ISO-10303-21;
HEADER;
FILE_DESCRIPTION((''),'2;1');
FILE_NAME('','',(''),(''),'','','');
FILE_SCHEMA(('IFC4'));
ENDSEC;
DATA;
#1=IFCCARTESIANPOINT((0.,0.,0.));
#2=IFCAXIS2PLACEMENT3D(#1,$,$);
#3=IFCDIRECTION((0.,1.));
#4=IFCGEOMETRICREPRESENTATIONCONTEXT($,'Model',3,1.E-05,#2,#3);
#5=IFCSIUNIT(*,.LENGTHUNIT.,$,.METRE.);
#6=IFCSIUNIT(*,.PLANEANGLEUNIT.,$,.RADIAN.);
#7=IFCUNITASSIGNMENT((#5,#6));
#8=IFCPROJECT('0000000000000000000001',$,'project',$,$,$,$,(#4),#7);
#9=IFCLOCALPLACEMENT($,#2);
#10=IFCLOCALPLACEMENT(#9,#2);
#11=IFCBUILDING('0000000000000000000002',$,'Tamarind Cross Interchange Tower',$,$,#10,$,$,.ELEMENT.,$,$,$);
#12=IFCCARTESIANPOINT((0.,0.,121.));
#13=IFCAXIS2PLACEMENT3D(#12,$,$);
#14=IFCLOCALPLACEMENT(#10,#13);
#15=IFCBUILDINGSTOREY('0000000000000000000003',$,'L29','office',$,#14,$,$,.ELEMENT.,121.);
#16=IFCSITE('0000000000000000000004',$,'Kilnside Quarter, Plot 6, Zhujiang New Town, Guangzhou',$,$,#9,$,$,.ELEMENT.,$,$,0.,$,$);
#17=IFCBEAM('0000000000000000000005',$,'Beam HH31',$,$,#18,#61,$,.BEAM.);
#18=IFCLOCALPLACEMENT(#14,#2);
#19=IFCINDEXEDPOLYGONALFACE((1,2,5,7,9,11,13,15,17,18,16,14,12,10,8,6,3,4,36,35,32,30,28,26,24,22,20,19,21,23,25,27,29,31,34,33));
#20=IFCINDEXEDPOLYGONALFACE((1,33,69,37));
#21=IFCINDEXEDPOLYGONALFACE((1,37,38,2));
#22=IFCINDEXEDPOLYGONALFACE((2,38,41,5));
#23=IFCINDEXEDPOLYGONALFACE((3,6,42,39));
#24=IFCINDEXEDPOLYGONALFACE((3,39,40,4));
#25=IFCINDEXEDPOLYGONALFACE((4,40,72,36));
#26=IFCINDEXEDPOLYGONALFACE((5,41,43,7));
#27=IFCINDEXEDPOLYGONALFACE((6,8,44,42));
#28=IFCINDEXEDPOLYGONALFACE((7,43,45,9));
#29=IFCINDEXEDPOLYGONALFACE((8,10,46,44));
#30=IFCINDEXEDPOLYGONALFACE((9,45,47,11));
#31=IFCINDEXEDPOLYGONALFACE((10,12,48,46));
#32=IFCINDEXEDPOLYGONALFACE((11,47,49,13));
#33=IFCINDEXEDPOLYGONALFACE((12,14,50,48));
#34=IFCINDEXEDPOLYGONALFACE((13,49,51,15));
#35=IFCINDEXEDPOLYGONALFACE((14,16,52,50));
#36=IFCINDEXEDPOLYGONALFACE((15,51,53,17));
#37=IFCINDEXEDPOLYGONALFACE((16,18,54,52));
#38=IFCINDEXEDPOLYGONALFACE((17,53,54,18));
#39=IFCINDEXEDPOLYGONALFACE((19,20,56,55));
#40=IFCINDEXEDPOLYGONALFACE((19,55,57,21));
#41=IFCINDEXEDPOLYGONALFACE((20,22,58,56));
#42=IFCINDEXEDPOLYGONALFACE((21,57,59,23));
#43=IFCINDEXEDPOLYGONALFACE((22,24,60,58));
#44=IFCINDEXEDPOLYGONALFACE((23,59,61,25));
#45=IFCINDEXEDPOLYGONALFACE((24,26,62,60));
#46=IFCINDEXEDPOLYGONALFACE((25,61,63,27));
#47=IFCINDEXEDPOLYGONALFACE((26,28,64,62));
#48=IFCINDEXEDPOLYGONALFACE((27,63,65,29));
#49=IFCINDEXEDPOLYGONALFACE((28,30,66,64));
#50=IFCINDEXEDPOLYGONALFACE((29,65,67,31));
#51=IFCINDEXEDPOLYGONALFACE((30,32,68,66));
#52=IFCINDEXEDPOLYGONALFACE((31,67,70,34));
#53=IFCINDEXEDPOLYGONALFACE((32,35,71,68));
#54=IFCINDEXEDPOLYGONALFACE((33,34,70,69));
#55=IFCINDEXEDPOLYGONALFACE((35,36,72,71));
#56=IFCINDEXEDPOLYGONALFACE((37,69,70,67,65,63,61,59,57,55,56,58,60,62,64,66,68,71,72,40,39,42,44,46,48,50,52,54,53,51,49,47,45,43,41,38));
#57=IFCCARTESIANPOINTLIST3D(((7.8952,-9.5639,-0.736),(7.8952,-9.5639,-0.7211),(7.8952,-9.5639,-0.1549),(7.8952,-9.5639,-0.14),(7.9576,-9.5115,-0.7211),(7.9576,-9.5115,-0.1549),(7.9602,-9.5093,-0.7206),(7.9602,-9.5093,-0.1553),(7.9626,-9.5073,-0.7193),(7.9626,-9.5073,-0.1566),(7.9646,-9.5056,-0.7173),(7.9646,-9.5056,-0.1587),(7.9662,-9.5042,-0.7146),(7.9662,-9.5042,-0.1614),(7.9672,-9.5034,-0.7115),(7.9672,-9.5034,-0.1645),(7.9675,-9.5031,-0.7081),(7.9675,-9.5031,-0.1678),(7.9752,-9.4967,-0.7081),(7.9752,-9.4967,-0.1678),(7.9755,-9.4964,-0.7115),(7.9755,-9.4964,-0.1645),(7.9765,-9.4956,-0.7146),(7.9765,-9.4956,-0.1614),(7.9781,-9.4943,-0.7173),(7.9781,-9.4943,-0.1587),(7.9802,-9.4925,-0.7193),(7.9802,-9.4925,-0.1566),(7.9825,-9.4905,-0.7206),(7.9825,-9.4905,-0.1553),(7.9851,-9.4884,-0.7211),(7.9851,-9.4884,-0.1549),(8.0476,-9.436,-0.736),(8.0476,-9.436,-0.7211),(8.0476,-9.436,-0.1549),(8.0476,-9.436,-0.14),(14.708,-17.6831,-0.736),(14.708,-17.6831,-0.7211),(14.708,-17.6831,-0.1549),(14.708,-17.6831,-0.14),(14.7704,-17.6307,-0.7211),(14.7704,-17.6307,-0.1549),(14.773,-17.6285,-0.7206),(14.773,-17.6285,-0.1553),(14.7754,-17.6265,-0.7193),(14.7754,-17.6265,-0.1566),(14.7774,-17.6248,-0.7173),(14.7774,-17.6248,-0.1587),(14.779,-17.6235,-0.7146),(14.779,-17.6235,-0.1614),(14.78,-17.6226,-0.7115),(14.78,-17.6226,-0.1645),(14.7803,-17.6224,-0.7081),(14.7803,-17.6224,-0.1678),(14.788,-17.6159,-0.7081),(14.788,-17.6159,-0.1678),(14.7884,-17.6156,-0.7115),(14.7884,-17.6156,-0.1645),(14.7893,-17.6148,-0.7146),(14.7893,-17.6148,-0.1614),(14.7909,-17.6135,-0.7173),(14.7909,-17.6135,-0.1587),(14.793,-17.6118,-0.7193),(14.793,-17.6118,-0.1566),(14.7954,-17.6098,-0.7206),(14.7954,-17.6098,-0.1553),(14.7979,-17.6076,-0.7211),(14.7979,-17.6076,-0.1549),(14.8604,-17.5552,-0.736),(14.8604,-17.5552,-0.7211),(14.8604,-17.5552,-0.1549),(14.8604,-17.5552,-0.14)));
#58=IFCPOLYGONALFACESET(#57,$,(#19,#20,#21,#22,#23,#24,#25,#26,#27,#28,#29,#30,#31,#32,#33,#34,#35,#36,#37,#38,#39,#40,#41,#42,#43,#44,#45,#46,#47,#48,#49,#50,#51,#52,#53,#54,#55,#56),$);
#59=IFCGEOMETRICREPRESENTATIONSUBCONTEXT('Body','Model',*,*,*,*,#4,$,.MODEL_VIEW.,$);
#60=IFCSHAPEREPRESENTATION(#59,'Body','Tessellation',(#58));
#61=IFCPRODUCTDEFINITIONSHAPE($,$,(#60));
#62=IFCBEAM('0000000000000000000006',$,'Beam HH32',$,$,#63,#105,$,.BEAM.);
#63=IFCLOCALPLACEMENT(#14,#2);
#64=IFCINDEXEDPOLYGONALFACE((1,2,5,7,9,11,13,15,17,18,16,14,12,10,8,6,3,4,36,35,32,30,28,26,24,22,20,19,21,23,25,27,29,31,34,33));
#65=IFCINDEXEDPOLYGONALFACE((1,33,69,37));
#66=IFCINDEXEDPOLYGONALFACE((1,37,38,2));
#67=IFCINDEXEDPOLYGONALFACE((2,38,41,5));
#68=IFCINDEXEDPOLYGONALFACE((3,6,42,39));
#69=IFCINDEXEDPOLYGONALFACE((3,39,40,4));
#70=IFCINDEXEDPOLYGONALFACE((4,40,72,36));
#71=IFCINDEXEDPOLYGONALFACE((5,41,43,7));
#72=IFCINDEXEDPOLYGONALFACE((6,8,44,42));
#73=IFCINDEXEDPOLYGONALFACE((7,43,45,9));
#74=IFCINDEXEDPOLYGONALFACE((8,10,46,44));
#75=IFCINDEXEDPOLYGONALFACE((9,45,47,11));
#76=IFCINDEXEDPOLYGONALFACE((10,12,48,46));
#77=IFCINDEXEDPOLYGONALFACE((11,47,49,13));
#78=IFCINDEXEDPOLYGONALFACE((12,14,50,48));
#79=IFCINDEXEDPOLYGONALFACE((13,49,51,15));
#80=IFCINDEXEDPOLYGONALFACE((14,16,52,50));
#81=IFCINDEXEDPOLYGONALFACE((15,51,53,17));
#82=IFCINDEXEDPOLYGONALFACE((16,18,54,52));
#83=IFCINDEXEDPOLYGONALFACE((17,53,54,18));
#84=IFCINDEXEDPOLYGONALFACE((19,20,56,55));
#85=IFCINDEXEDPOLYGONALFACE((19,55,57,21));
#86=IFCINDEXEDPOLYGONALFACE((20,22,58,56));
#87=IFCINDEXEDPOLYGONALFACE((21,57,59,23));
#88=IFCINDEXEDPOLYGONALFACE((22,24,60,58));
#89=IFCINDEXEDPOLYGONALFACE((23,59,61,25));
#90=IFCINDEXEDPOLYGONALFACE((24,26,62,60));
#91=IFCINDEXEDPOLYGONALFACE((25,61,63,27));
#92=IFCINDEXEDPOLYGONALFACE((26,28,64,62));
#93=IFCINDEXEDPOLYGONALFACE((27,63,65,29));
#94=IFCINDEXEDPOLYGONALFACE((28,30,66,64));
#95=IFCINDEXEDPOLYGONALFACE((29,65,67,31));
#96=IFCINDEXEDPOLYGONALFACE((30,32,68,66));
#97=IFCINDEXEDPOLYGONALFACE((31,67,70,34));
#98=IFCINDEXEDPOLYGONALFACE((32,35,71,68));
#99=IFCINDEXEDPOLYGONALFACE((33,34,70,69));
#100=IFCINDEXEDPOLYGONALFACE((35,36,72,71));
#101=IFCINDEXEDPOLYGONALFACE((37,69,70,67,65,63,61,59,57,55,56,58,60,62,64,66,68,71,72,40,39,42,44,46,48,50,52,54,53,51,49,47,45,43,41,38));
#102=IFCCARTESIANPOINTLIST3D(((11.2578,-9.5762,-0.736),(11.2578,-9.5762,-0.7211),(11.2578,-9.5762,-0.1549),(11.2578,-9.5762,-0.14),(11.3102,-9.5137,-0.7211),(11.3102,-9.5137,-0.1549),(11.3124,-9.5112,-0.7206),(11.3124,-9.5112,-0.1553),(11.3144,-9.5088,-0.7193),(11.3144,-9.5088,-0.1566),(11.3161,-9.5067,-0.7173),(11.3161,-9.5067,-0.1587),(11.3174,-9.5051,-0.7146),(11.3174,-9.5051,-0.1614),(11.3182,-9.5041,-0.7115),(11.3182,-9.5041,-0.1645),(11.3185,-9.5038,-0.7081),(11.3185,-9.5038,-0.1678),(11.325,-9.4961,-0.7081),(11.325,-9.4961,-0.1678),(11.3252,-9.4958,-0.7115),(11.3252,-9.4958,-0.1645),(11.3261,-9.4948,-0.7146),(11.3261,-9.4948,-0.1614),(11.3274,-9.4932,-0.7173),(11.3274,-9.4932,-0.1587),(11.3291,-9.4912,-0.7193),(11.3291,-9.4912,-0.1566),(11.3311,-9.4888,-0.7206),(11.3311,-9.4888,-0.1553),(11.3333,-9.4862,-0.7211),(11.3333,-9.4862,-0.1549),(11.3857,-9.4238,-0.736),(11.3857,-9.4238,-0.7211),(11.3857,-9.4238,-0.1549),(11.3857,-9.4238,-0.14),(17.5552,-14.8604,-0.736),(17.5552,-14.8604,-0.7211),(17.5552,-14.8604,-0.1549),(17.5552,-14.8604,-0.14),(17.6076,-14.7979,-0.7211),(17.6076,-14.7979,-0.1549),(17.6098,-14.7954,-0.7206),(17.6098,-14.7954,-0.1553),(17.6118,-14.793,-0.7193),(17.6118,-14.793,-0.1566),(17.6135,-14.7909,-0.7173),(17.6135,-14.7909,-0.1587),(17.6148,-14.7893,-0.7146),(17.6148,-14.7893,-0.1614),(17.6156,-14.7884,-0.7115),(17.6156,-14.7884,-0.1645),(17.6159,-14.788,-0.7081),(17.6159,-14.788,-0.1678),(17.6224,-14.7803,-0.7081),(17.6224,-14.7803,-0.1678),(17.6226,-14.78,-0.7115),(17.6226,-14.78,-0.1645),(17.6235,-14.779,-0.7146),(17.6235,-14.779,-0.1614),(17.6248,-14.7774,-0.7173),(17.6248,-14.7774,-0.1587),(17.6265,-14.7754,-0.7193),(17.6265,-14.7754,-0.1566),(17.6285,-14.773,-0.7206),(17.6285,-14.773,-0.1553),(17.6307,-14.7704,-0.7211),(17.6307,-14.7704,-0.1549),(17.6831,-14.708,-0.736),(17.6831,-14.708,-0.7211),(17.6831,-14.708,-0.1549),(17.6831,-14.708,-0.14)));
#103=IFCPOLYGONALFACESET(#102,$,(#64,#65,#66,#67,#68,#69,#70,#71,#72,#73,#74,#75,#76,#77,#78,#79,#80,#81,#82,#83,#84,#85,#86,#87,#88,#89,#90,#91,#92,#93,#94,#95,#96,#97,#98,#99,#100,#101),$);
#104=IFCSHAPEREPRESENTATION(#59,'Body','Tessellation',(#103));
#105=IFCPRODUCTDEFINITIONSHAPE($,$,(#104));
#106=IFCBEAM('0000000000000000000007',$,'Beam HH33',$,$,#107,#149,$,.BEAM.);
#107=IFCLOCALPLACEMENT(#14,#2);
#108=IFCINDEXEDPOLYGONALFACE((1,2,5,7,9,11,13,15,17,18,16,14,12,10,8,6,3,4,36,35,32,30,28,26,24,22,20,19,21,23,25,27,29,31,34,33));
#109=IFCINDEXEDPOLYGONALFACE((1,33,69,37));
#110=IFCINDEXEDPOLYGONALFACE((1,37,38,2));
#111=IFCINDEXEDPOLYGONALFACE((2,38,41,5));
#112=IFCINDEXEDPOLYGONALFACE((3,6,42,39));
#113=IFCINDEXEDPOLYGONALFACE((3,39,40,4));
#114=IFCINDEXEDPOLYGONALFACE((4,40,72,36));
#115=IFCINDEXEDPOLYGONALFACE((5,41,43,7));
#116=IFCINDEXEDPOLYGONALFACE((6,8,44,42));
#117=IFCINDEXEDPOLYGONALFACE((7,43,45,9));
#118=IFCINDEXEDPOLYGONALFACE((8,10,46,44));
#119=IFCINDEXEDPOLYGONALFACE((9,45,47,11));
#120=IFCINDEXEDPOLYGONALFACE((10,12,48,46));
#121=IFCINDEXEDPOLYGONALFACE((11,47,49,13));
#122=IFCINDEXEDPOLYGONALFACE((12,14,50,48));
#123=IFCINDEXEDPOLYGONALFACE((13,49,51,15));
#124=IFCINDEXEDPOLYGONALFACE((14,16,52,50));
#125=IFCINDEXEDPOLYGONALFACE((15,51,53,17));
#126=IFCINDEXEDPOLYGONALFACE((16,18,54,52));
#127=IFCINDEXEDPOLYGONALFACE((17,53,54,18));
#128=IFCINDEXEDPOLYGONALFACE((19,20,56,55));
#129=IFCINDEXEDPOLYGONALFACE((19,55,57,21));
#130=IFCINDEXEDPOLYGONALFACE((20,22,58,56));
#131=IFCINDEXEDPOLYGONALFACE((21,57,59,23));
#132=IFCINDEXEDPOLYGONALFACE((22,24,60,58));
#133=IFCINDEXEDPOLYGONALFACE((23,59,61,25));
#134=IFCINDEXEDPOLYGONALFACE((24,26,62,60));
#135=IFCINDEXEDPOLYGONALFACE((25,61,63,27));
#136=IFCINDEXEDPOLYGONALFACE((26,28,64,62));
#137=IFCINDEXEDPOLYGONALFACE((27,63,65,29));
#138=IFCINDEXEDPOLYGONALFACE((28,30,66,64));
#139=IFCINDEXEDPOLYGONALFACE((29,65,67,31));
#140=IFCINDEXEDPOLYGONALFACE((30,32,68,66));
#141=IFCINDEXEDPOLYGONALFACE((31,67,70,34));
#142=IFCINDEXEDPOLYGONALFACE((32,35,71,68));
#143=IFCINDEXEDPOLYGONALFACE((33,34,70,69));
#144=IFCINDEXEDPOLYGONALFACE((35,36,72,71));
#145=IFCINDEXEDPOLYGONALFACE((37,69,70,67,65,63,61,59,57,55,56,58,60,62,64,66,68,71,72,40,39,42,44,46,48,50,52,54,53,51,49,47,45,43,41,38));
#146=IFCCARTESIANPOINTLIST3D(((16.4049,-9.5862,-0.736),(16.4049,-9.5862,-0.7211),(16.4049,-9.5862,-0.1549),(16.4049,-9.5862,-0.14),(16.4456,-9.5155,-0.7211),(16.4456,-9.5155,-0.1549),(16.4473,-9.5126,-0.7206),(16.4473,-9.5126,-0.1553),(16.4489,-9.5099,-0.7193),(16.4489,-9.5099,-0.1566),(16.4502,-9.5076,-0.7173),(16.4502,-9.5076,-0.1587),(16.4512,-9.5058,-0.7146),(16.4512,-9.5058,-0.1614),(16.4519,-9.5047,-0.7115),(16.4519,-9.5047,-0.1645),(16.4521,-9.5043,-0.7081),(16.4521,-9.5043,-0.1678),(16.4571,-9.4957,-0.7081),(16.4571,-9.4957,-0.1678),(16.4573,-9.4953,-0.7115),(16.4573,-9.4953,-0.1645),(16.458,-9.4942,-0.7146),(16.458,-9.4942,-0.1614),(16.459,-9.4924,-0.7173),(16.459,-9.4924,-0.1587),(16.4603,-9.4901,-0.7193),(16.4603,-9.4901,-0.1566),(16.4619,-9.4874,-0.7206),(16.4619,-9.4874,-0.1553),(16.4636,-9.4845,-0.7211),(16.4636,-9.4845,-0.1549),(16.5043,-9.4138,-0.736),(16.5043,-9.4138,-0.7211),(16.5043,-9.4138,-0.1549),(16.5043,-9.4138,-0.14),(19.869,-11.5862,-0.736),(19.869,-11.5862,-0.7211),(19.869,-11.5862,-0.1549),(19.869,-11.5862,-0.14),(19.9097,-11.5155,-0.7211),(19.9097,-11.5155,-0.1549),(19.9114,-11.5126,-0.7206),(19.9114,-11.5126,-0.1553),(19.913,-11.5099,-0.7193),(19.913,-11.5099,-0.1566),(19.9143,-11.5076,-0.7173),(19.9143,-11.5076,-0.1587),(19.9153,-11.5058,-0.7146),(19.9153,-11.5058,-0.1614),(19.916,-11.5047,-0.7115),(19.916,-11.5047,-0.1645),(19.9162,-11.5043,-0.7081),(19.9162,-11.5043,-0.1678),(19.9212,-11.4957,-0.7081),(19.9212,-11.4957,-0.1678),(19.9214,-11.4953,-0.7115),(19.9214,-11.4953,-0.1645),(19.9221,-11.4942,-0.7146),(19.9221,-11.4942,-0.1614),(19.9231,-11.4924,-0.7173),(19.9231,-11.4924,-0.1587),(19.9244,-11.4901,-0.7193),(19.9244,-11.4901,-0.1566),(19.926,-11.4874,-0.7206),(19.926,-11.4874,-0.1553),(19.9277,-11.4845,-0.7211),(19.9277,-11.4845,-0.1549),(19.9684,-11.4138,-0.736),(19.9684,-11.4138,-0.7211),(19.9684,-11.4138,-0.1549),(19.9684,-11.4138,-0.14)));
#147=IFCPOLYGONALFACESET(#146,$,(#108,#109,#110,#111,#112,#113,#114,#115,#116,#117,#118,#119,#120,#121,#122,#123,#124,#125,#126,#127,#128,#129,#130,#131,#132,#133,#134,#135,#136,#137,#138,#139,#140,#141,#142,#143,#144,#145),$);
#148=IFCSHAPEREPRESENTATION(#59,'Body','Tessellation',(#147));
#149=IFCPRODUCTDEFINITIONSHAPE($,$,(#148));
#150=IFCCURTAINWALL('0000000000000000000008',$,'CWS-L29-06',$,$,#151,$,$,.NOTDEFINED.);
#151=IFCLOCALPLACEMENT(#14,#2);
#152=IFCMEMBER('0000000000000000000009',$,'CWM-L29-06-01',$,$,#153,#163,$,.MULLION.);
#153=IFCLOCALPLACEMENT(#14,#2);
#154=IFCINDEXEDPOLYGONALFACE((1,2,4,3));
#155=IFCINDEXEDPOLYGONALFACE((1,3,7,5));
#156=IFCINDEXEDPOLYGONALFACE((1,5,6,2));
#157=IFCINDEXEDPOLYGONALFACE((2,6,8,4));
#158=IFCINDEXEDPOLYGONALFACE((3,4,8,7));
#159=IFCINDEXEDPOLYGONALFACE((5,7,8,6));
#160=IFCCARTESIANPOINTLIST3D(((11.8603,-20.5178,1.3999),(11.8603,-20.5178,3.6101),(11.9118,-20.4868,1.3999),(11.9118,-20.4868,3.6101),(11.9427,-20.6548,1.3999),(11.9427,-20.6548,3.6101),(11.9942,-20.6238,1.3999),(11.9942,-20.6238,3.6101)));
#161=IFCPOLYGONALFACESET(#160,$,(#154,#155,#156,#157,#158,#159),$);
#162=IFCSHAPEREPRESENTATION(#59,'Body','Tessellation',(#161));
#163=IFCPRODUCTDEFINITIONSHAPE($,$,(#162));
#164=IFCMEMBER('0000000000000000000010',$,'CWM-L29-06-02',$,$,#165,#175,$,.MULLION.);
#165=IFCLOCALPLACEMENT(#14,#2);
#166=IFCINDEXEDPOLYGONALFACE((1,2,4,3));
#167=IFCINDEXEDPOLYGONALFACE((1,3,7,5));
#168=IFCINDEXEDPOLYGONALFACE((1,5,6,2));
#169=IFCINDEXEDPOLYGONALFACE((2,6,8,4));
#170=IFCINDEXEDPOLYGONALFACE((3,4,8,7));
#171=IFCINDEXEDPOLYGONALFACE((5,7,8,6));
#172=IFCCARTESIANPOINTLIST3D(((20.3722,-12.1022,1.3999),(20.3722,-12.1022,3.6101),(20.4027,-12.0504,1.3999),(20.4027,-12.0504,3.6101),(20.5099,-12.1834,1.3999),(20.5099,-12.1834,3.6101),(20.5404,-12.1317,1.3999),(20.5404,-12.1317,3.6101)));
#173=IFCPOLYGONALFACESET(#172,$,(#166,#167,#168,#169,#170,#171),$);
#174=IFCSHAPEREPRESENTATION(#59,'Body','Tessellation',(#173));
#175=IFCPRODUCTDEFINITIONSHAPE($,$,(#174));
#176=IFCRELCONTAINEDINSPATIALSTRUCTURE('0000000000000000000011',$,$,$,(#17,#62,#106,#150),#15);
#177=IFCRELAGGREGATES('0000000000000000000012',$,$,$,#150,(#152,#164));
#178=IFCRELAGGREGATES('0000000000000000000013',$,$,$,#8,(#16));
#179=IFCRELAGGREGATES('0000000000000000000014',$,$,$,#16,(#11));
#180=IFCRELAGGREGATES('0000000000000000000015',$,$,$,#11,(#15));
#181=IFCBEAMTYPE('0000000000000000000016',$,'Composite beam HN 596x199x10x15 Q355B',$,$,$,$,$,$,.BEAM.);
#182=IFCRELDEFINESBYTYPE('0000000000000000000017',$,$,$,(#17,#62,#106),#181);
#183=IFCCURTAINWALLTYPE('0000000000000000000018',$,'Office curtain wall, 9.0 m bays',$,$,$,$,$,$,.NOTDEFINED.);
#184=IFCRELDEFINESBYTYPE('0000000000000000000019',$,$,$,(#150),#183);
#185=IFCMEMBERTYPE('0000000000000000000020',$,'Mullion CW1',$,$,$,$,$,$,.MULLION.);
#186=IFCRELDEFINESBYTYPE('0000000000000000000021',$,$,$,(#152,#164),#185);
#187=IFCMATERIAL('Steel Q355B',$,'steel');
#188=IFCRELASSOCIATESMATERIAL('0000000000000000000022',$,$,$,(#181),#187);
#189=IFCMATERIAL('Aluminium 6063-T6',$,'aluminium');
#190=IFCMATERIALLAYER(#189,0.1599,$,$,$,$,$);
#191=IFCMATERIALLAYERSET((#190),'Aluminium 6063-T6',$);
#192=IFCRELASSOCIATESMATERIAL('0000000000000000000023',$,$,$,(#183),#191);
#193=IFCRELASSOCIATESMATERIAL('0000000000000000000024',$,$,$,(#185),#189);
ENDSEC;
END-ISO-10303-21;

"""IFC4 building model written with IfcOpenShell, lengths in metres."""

from ifc_helpers import new_model, si_unit, direction, frame, origin, origin_2d, place, context, subcontext, project, spatial, rectangle, i_section, extrude, material, layer, layer_set, material_profile, profile_set, type_object, element, aggregate, save


model = new_model("IFC4")

# Units and contexts
model_context = context("Model", 3, precision=1e-05, world=origin(), true_north=direction((0.0, 1.0)))
body_context = subcontext(model_context, "Body", "Model", "MODEL_VIEW")
ifc_project = project(units=[si_unit("LENGTHUNIT", "METRE"), si_unit("PLANEANGLEUNIT", "RADIAN")], contexts=[model_context])

# Site, building, storey
site_placement = place(None, origin())
site = spatial("IfcSite", under=ifc_project, at=site_placement, Name="Kilnside Quarter, Plot 6, Zhujiang New Town, Guangzhou", CompositionType="ELEMENT", RefElevation=0.0)
building_placement = place(site_placement, origin())
building = spatial("IfcBuilding", under=site, at=building_placement, Name="Tamarind Cross Interchange Tower", CompositionType="ELEMENT")
storey_placement = place(building_placement, frame((0.0, 0.0, 121.0)))
storey = spatial("IfcBuildingStorey", under=building, at=storey_placement, Name="L29", Description="office", CompositionType="ELEMENT", Elevation=121.0)

# Beams
ifc_material_1 = material(Name="Steel Q355B", Category="steel")
ifc_material_profile_1 = material_profile(ifc_material_1, i_section(OverallWidth=0.199, OverallDepth=0.5959, WebThickness=0.01, FlangeThickness=0.0149, FilletRadius=0.0129, at=origin_2d()), Name="HN 596x199x10x15")
ifc_profile_set_1 = profile_set([ifc_material_profile_1], Name="Steel Q355B")
beam_type = type_object("IfcBeamType", Name="Composite beam HN 596x199x10x15 Q355B", PredefinedType="BEAM", material=ifc_profile_set_1)
beam_1_placement = place(storey_placement, frame((14.7842, -17.6191, -0.438), z_axis=(-0.642786, 0.766046, 0.0), x_axis=(-0.766046, -0.642786, 0.0)))
element("IfcBeam", 1, at=beam_1_placement, inside=storey, type_object=beam_type, Name="Beam HH31", PredefinedType="BEAM", context=body_context, shape_type="SweptSolid", body=[
    extrude(i_section(OverallWidth=0.199, OverallDepth=0.5959, WebThickness=0.01, FlangeThickness=0.0149, FilletRadius=0.0129, at=origin_2d()), origin(), (0.0, 0.0, 1.0), 10.5989),
])
beam_2_placement = place(storey_placement, frame((17.6191, -14.7842, -0.438), z_axis=(-0.766041, 0.642792, 0.0), x_axis=(-0.642792, -0.766041, 0.0)))
element("IfcBeam", 2, at=beam_2_placement, inside=storey, type_object=beam_type, Name="Beam HH32", PredefinedType="BEAM", context=body_context, shape_type="SweptSolid", body=[
    extrude(i_section(OverallWidth=0.199, OverallDepth=0.5959, WebThickness=0.01, FlangeThickness=0.0149, FilletRadius=0.0129, at=origin_2d()), origin(), (0.0, 0.0, 1.0), 8.2207),
])
beam_3_placement = place(storey_placement, frame((19.9187, -11.5, -0.438), z_axis=(-0.866026, 0.499999, 0.0), x_axis=(-0.499999, -0.866026, 0.0)))
element("IfcBeam", 3, at=beam_3_placement, inside=storey, type_object=beam_type, Name="Beam HH33", PredefinedType="BEAM", context=body_context, shape_type="SweptSolid", body=[
    extrude(i_section(OverallWidth=0.199, OverallDepth=0.5959, WebThickness=0.01, FlangeThickness=0.0149, FilletRadius=0.0129, at=origin_2d()), origin(), (0.0, 0.0, 1.0), 4.0),
])

# Curtain wall, members
ifc_material_2 = material(Name="Aluminium 6063-T6", Category="aluminium")
ifc_layer_1 = layer(ifc_material_2, 0.1599)
ifc_layer_set_1 = layer_set([ifc_layer_1], Name="Aluminium 6063-T6")
curtain_wall_type = type_object("IfcCurtainWallType", Name="Office curtain wall, 9.0 m bays", PredefinedType="NOTDEFINED", material=ifc_layer_set_1)
curtain_wall_placement = place(storey_placement, origin())
curtain_wall = element("IfcCurtainWall", 4, at=curtain_wall_placement, inside=storey, type_object=curtain_wall_type, Name="CWS-L29-06", PredefinedType="NOTDEFINED")
ifc_material_profile_2 = material_profile(ifc_material_2, rectangle(XDim=0.0601, YDim=0.1599, at=origin_2d()), Name="Mullion CW1")
ifc_profile_set_2 = profile_set([ifc_material_profile_2], Name="Aluminium 6063-T6")
member_type = type_object("IfcMemberType", Name="Mullion CW1", PredefinedType="MULLION", material=ifc_profile_set_2)
member_1_placement = place(storey_placement, frame((11.9272, -20.5708, 1.3999), z_axis=(0.0, 0.0, 1.0), x_axis=(0.856843, 0.515577, 0.0)))
member_1 = element("IfcMember", 5, at=member_1_placement, type_object=member_type, Name="CWM-L29-06-01", PredefinedType="MULLION", context=body_context, shape_type="SweptSolid", body=[
    extrude(rectangle(XDim=0.0601, YDim=0.1599, at=origin_2d()), origin(), (0.0, 0.0, 1.0), 2.2102),
])
member_2_placement = place(storey_placement, frame((20.4563, -12.1169, 1.3999), z_axis=(0.0, 0.0, 1.0), x_axis=(0.508183, 0.861249, 0.0)))
member_2 = element("IfcMember", 6, at=member_2_placement, type_object=member_type, Name="CWM-L29-06-02", PredefinedType="MULLION", context=body_context, shape_type="SweptSolid", body=[
    extrude(rectangle(XDim=0.0601, YDim=0.1599, at=origin_2d()), origin(), (0.0, 0.0, 1.0), 2.2102),
])
aggregate(curtain_wall, [member_1, member_2])

save(model, "model.ifc")
